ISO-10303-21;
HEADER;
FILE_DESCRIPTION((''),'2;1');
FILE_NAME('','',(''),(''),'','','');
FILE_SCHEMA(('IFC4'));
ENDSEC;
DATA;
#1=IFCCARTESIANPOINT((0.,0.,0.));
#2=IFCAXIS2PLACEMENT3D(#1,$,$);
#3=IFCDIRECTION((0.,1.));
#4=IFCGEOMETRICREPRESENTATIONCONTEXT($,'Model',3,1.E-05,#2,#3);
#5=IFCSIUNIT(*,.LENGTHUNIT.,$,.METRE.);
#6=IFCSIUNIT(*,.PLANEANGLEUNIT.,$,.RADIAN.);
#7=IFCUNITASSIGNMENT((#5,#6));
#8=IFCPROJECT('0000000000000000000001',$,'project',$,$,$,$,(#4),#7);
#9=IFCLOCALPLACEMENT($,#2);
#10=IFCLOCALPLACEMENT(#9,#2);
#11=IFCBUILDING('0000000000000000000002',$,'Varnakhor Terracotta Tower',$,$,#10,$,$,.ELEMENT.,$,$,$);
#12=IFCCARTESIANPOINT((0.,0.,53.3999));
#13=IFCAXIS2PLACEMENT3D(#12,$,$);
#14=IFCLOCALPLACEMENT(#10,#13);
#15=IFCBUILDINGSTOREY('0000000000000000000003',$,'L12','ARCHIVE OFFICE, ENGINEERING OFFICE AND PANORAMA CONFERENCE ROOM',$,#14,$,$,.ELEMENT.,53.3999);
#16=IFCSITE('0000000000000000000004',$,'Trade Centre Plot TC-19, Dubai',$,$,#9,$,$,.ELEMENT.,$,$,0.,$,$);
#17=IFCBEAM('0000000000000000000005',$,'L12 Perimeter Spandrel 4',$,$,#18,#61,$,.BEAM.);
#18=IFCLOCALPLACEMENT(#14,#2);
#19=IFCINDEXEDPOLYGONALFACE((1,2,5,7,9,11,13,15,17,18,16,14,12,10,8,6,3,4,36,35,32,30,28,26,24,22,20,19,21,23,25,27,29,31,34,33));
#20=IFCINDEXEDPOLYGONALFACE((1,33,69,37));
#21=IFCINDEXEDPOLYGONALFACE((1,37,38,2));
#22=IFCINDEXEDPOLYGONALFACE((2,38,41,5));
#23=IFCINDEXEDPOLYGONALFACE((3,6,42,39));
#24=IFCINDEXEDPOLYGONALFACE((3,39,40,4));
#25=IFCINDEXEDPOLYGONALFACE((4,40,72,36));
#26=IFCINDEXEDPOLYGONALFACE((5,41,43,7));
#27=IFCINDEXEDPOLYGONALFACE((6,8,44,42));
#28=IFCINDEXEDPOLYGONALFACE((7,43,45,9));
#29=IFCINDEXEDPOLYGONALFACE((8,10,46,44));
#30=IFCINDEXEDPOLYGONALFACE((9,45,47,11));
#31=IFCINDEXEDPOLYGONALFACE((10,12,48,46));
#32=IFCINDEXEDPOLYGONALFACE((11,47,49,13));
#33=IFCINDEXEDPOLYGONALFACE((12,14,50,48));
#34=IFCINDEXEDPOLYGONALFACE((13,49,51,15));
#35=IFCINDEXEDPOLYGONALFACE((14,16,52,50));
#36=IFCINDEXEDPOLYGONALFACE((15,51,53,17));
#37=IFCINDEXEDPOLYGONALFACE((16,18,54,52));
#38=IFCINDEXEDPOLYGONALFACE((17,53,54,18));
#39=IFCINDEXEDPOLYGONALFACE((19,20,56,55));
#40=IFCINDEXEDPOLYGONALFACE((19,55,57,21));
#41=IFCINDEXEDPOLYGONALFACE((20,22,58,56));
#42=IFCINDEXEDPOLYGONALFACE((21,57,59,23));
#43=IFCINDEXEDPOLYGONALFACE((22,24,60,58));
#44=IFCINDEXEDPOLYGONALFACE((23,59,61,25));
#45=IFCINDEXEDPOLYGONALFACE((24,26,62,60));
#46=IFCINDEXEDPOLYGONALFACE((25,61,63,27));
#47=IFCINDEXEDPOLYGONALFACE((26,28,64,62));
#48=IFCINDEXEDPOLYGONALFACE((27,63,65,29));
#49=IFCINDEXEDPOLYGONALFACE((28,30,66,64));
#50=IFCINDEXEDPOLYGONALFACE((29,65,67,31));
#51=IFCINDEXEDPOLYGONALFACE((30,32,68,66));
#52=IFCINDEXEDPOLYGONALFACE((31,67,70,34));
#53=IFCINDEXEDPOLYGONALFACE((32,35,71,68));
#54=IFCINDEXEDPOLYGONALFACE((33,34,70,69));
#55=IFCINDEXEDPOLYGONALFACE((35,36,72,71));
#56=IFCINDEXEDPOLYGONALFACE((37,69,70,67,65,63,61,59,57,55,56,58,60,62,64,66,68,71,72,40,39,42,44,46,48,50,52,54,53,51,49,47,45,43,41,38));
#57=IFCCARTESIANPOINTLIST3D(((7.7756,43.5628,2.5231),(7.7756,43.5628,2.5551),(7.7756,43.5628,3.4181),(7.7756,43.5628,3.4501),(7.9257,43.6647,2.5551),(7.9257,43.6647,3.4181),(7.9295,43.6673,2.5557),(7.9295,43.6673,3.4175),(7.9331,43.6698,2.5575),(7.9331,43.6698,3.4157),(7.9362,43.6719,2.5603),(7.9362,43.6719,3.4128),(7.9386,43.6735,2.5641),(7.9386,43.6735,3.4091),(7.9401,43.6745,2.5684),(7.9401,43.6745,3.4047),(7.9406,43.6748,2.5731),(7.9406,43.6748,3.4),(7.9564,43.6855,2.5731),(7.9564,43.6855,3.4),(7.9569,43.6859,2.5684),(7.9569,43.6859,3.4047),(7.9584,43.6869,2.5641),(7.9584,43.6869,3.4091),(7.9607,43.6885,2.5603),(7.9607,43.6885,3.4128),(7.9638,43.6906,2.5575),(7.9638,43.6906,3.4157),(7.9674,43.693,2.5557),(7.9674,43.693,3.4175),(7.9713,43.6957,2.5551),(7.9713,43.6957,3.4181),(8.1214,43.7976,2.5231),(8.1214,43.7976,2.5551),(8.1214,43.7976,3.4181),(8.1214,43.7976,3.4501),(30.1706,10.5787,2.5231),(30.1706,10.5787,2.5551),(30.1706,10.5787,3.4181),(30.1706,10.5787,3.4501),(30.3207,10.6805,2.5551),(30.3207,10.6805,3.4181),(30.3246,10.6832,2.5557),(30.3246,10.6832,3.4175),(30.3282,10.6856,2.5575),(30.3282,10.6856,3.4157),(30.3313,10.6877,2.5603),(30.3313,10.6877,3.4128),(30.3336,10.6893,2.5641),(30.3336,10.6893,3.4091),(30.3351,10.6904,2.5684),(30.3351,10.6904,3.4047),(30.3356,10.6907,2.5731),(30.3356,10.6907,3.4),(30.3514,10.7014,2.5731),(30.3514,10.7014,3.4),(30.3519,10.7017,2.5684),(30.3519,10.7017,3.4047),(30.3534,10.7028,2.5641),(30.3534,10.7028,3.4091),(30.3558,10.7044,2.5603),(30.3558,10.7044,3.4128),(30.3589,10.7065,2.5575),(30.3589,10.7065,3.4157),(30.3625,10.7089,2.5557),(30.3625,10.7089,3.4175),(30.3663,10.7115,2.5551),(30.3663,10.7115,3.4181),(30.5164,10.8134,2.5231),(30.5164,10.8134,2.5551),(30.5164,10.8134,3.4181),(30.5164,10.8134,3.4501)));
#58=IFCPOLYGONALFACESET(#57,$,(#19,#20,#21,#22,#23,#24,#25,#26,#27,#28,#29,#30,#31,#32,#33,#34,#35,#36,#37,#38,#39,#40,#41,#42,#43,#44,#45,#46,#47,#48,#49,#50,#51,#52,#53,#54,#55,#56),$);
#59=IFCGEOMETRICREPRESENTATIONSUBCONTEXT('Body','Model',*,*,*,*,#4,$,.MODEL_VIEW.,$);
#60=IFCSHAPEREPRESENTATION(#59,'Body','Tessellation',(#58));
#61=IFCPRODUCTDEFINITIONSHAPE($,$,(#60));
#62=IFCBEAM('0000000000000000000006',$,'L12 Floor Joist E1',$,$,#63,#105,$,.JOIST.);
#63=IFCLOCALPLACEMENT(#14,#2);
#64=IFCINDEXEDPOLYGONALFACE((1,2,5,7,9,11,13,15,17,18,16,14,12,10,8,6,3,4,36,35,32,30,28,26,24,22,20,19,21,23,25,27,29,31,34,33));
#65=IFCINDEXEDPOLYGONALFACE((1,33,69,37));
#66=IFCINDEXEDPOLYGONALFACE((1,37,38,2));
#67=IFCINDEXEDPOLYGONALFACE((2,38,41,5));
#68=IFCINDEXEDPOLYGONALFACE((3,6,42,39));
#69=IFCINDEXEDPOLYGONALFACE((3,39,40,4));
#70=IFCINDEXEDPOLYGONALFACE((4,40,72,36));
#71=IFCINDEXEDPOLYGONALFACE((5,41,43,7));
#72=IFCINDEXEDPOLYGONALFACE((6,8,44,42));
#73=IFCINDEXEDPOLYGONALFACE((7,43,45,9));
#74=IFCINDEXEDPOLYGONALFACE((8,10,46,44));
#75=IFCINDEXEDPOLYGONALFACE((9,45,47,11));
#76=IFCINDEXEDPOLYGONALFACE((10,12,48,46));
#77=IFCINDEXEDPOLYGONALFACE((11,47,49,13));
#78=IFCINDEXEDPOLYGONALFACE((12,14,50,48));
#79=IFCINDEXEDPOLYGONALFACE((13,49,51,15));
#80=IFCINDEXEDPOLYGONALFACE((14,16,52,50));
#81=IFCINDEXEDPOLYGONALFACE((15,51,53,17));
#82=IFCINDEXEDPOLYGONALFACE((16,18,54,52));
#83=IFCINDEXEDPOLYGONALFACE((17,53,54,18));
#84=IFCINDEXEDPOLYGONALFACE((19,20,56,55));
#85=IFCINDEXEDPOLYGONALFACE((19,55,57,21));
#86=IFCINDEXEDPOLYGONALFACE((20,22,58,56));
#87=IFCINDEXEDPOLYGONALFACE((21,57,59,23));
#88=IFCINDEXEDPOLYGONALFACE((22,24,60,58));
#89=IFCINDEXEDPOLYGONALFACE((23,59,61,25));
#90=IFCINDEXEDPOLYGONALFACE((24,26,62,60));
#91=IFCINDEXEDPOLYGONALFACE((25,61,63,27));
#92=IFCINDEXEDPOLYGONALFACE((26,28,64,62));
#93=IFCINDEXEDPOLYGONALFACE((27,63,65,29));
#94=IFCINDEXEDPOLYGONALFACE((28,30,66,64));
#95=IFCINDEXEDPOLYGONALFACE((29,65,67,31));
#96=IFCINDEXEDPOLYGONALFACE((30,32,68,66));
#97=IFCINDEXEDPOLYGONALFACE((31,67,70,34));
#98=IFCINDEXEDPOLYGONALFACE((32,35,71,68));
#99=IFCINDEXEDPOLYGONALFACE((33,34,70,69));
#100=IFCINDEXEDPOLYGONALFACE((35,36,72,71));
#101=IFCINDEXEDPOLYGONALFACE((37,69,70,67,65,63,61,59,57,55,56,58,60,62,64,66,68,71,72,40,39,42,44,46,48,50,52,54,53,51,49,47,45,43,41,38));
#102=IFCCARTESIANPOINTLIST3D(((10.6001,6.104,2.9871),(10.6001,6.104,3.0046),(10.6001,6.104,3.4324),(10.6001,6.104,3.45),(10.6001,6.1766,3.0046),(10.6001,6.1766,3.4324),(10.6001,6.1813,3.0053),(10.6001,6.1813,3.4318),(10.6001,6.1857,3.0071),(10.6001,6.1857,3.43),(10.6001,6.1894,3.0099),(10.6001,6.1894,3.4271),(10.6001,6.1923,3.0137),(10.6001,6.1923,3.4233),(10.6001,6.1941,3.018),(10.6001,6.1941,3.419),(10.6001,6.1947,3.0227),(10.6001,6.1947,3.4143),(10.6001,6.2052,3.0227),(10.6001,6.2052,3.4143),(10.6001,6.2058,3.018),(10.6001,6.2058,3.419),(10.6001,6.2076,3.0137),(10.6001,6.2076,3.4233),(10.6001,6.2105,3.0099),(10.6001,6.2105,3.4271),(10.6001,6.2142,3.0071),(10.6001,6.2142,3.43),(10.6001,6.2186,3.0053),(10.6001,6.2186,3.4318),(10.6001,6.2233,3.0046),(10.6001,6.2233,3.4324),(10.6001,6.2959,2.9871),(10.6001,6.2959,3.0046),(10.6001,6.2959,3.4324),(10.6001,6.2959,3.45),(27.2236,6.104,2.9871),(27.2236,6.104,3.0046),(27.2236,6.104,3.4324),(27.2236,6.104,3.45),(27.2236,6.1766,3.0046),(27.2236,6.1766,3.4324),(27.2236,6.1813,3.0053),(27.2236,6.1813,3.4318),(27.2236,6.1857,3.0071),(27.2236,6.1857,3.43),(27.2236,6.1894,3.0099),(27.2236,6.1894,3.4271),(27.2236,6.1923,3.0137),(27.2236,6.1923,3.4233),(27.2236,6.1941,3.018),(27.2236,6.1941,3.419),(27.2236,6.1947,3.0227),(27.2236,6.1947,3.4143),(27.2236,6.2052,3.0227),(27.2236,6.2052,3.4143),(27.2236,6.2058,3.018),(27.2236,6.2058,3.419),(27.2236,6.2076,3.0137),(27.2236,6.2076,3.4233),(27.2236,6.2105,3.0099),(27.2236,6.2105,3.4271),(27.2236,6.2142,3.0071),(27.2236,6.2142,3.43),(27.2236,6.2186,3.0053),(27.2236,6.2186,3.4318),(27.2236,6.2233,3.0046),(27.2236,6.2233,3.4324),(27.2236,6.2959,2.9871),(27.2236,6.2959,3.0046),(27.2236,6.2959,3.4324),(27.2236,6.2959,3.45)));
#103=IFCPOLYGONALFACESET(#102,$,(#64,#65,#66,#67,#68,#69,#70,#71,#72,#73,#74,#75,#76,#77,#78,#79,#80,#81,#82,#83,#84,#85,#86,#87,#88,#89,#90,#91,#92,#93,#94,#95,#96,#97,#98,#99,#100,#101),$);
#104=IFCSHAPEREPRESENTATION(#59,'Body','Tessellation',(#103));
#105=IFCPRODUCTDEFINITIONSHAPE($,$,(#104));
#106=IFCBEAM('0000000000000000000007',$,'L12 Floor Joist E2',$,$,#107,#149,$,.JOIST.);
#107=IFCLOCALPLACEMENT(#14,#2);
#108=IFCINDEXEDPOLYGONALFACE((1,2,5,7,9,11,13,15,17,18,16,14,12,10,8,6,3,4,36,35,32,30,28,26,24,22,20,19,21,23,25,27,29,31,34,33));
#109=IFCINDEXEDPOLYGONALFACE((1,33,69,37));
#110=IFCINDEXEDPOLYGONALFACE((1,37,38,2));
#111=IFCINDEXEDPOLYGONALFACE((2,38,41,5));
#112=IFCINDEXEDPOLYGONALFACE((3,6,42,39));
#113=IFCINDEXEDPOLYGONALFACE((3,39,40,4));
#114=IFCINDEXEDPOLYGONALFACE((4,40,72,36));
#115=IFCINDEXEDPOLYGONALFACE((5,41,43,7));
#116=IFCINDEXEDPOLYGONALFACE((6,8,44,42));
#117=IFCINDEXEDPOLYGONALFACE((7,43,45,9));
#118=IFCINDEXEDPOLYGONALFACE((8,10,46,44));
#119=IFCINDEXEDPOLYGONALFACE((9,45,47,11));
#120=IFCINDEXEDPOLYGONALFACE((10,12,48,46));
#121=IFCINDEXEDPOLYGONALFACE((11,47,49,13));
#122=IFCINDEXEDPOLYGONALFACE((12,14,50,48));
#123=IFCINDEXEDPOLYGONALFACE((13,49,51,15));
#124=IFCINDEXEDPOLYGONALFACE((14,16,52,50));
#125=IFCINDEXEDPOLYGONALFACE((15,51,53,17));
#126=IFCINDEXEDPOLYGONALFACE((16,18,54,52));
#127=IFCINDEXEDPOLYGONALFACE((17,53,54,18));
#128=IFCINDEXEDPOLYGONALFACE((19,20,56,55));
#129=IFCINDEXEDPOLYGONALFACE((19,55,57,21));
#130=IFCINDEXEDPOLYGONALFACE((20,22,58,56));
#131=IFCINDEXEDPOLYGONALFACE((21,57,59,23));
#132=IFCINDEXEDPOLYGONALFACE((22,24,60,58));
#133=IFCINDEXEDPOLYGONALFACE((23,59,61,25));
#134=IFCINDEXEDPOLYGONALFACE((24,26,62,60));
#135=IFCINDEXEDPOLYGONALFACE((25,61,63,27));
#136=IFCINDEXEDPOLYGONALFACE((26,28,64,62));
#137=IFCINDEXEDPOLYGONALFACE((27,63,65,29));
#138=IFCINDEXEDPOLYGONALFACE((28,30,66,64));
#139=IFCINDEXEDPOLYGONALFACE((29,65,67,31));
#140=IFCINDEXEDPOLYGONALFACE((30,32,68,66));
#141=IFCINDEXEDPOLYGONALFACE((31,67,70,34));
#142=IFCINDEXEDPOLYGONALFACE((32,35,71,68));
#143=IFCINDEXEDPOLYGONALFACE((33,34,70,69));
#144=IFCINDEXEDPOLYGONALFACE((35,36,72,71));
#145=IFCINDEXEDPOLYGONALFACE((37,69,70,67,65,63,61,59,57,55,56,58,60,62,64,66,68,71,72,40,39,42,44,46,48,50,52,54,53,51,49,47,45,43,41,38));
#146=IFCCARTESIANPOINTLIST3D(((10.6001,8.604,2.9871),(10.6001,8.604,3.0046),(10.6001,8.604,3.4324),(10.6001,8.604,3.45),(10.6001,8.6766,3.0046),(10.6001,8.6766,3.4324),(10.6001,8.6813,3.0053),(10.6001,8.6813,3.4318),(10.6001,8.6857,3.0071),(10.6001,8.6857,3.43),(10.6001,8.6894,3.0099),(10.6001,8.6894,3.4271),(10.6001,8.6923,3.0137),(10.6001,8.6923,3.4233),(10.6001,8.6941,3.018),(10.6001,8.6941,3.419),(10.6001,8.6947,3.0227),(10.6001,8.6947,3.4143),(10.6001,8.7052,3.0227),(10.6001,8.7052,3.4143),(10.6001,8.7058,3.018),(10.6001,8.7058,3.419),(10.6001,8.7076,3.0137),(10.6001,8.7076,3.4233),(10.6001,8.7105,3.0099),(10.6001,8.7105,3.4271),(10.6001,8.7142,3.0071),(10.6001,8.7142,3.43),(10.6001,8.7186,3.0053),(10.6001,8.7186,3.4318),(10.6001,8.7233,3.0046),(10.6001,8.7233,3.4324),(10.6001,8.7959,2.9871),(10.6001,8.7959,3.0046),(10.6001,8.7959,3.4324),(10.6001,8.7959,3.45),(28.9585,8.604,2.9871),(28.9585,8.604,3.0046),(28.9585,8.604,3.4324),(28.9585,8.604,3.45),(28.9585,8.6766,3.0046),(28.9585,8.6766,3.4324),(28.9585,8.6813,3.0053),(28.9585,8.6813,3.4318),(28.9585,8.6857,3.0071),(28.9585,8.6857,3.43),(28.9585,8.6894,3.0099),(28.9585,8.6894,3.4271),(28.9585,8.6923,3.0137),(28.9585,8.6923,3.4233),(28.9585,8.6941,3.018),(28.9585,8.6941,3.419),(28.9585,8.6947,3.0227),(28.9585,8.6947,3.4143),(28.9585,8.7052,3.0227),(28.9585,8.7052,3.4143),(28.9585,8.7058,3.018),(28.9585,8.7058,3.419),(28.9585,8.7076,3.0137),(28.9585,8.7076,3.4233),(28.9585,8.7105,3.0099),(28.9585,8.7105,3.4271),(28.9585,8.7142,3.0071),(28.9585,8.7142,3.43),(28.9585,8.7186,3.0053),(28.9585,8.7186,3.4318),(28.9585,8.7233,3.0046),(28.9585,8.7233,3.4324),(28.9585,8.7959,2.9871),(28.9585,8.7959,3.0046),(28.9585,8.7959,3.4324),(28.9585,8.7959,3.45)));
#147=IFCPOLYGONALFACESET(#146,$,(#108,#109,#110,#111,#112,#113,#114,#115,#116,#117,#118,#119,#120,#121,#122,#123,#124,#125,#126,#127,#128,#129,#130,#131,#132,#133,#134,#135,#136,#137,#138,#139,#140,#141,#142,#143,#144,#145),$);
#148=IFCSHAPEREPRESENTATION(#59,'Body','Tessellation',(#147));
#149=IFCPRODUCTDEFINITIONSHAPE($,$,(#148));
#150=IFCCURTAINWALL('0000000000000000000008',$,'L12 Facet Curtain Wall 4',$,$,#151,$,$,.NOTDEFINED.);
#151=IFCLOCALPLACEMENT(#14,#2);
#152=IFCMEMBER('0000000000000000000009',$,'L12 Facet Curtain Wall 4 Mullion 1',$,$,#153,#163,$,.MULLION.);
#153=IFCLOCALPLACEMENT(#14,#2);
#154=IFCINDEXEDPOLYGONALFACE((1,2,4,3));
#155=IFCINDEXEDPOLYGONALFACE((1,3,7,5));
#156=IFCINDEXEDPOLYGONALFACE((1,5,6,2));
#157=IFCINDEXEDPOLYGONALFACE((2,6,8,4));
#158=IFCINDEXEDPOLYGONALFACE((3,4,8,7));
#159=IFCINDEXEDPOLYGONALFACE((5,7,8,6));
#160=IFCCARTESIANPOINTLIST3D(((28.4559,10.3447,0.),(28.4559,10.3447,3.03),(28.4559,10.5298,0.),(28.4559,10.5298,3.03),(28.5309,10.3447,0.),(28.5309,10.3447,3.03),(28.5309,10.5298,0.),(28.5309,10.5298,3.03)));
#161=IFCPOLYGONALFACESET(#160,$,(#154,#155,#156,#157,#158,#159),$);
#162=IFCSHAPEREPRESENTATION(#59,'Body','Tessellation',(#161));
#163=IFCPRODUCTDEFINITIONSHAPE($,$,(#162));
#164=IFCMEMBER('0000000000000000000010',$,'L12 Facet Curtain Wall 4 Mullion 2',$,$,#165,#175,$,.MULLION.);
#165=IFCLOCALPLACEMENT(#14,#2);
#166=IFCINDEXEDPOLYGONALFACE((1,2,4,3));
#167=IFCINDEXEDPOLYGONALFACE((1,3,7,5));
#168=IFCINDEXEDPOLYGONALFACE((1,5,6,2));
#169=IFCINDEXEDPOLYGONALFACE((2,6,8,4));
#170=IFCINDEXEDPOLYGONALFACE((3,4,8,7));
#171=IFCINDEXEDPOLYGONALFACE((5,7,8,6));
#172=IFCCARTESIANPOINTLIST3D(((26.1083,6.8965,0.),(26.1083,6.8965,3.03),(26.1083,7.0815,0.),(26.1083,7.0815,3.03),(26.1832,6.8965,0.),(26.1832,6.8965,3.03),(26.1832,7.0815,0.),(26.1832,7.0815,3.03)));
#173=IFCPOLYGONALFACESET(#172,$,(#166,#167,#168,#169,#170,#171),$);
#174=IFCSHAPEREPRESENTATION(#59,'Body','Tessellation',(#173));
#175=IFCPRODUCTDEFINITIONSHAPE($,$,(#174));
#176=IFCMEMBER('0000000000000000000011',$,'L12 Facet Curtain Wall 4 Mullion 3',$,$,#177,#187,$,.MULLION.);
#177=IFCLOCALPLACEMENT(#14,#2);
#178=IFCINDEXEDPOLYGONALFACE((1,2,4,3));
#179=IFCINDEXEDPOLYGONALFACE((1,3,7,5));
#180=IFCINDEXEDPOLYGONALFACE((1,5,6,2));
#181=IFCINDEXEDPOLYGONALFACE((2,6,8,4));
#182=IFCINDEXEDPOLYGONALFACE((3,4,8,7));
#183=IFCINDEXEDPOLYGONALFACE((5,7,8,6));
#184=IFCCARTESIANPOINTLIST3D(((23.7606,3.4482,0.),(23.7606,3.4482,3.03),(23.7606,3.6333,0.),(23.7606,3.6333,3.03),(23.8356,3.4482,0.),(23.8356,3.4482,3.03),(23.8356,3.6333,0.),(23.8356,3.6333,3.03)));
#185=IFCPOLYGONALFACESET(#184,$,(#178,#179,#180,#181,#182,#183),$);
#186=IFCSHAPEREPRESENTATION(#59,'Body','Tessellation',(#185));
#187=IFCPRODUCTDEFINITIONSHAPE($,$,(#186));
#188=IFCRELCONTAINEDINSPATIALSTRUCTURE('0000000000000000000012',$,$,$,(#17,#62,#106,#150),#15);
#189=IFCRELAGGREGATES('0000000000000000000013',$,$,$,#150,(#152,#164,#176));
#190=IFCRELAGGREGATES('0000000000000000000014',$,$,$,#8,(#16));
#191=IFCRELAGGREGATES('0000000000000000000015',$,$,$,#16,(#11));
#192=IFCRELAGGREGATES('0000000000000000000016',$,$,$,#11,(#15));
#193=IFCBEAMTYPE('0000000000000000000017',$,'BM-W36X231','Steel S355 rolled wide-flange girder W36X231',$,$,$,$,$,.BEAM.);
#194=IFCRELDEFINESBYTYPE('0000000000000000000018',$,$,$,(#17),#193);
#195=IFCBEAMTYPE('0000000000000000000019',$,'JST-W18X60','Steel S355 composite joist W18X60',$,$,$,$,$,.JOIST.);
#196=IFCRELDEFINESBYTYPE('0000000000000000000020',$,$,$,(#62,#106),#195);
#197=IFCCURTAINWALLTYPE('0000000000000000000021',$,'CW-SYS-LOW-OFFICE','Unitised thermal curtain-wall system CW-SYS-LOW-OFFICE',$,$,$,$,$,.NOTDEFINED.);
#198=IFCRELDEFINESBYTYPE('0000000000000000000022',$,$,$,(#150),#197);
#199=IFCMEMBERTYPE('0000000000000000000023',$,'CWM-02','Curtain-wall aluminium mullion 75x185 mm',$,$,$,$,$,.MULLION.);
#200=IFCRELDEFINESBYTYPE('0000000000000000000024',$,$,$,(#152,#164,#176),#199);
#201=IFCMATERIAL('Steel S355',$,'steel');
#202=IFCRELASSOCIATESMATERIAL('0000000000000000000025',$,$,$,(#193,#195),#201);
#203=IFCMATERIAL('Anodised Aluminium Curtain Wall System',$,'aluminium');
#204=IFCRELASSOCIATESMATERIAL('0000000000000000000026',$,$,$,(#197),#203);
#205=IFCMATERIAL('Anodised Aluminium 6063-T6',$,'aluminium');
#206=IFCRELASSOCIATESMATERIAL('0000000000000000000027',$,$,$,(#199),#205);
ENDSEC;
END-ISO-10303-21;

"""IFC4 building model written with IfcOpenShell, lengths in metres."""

from ifc_helpers import new_model, si_unit, direction, frame, origin, origin_2d, place, context, subcontext, project, spatial, rectangle, i_section, extrude, source, transform, mapped, material, material_profile, profile_set, type_object, type_shapes, element, aggregate, save


model = new_model("IFC4")

# Units and contexts
model_context = context("Model", 3, precision=1e-05, world=origin(), true_north=direction((0.0, 1.0)))
body_context = subcontext(model_context, "Body", "Model", "MODEL_VIEW")
ifc_project = project(units=[si_unit("LENGTHUNIT", "METRE"), si_unit("PLANEANGLEUNIT", "RADIAN")], contexts=[model_context])

# Site, building, storey
site_placement = place(None, origin())
site = spatial("IfcSite", under=ifc_project, at=site_placement, Name="Trade Centre Plot TC-19, Dubai", CompositionType="ELEMENT", RefElevation=0.0)
building_placement = place(site_placement, origin())
building = spatial("IfcBuilding", under=site, at=building_placement, Name="Varnakhor Terracotta Tower", CompositionType="ELEMENT")
storey_placement = place(building_placement, frame((0.0, 0.0, 53.3999)))
storey = spatial("IfcBuildingStorey", under=building, at=storey_placement, Name="L12", Description="ARCHIVE OFFICE, ENGINEERING OFFICE AND PANORAMA CONFERENCE ROOM", CompositionType="ELEMENT", Elevation=53.3999)

# Beams
ifc_material_1 = material(Name="Steel S355", Category="steel")
ifc_material_profile_1 = material_profile(ifc_material_1, i_section(OverallWidth=0.418, OverallDepth=0.927, WebThickness=0.019, FlangeThickness=0.032, FilletRadius=0.0181, at=origin_2d()), Name="W36X231")
ifc_profile_set_1 = profile_set([ifc_material_profile_1], Name="Steel S355")
beam_type_1 = type_object("IfcBeamType", Name="BM-W36X231", Description="Steel S355 rolled wide-flange girder W36X231", PredefinedType="BEAM", material=ifc_profile_set_1)
shared_shape_1 = source(origin(), body_context, "Body", "SweptSolid", [
    extrude(i_section(OverallWidth=0.418, OverallDepth=0.927, WebThickness=0.019, FlangeThickness=0.032, FilletRadius=0.0181, at=origin_2d()), origin(), (0.0, 0.0, 1.0), 39.8684),
])
beam_1_placement = place(storey_placement, frame((30.3435, 10.696, 2.9866), z_axis=(-0.561723, 0.827325, 0.0), x_axis=(-0.827325, -0.561723, 0.0)))
element("IfcBeam", 1, at=beam_1_placement, inside=storey, type_object=beam_type_1, Name="L12 Perimeter Spandrel 4", PredefinedType="BEAM", context=body_context, shape_type="MappedRepresentation", body=[
    mapped(shared_shape_1, transform((0.0, 0.0, 0.0), scale=1.0)),
])
ifc_material_profile_2 = material_profile(ifc_material_1, i_section(OverallWidth=0.1919, OverallDepth=0.4629, WebThickness=0.0105, FlangeThickness=0.0176, FilletRadius=0.0181, at=origin_2d()), Name="W18X60")
ifc_profile_set_2 = profile_set([ifc_material_profile_2], Name="Steel S355")
beam_type_2 = type_object("IfcBeamType", Name="JST-W18X60", Description="Steel S355 composite joist W18X60", PredefinedType="JOIST", material=ifc_profile_set_2)
shared_shape_2 = source(origin(), body_context, "Body", "SweptSolid", [
    extrude(i_section(OverallWidth=0.1919, OverallDepth=0.4629, WebThickness=0.0105, FlangeThickness=0.0176, FilletRadius=0.0181, at=origin_2d()), origin(), (0.0, 0.0, 1.0), 16.6235),
])
beam_2_placement = place(storey_placement, frame((10.6001, 6.2, 3.2185), z_axis=(1.0, 0.0, 0.0), x_axis=(0.0, 1.0, 0.0)))
element("IfcBeam", 2, at=beam_2_placement, inside=storey, type_object=beam_type_2, Name="L12 Floor Joist E1", PredefinedType="JOIST", context=body_context, shape_type="MappedRepresentation", body=[
    mapped(shared_shape_2, transform((0.0, 0.0, 0.0), scale=1.0)),
])
shared_shape_3 = source(origin(), body_context, "Body", "SweptSolid", [
    extrude(i_section(OverallWidth=0.1919, OverallDepth=0.4629, WebThickness=0.0105, FlangeThickness=0.0176, FilletRadius=0.0181, at=origin_2d()), origin(), (0.0, 0.0, 1.0), 18.3584),
])
beam_3_placement = place(storey_placement, frame((10.6001, 8.7, 3.2185), z_axis=(1.0, 0.0, 0.0), x_axis=(0.0, 1.0, 0.0)))
element("IfcBeam", 3, at=beam_3_placement, inside=storey, type_object=beam_type_2, Name="L12 Floor Joist E2", PredefinedType="JOIST", context=body_context, shape_type="MappedRepresentation", body=[
    mapped(shared_shape_3, transform((0.0, 0.0, 0.0), scale=1.0)),
])

# Curtain wall, members
ifc_material_2 = material(Name="Anodised Aluminium Curtain Wall System", Category="aluminium")
curtain_wall_type = type_object("IfcCurtainWallType", Name="CW-SYS-LOW-OFFICE", Description="Unitised thermal curtain-wall system CW-SYS-LOW-OFFICE", PredefinedType="NOTDEFINED", material=ifc_material_2)
curtain_wall_1_placement = place(storey_placement, origin())
curtain_wall_1 = element("IfcCurtainWall", 4, at=curtain_wall_1_placement, inside=storey, type_object=curtain_wall_type, Name="L12 Facet Curtain Wall 4", PredefinedType="NOTDEFINED")
ifc_material_3 = material(Name="Anodised Aluminium 6063-T6", Category="aluminium")
ifc_material_profile_3 = material_profile(ifc_material_3, rectangle(XDim=0.075, YDim=0.1851, at=origin_2d()), Name="ALU MULLION 75x185")
ifc_profile_set_3 = profile_set([ifc_material_profile_3], Name="Anodised Aluminium 6063-T6")
member_type_1 = type_object("IfcMemberType", Name="CWM-02", Description="Curtain-wall aluminium mullion 75x185 mm", PredefinedType="MULLION", material=ifc_profile_set_3)
shared_shape_4 = source(origin(), body_context, "Body", "SweptSolid", [
    extrude(rectangle(XDim=0.075, YDim=0.1851, at=origin_2d()), origin(), (0.0, 0.0, 1.0), 3.03),
])
type_shapes(member_type_1, [shared_shape_4])
member_1_placement = place(storey_placement, frame((28.4934, 10.4373, 0.0), z_axis=(0.0, 0.0, 1.0), x_axis=(1.0, 0.0, 0.0)))
member_1 = element("IfcMember", 5, at=member_1_placement, type_object=member_type_1, Name="L12 Facet Curtain Wall 4 Mullion 1", PredefinedType="MULLION", context=body_context, shape_type="MappedRepresentation", body=[
    mapped(shared_shape_4, transform((0.0, 0.0, 0.0), scale=1.0)),
])
member_2_placement = place(storey_placement, frame((26.1458, 6.989, 0.0), z_axis=(0.0, 0.0, 1.0), x_axis=(1.0, 0.0, 0.0)))
member_2 = element("IfcMember", 6, at=member_2_placement, type_object=member_type_1, Name="L12 Facet Curtain Wall 4 Mullion 2", PredefinedType="MULLION", context=body_context, shape_type="MappedRepresentation", body=[
    mapped(shared_shape_4, transform((0.0, 0.0, 0.0), scale=1.0)),
])
member_3_placement = place(storey_placement, frame((23.7981, 3.5408, 0.0), z_axis=(0.0, 0.0, 1.0), x_axis=(1.0, 0.0, 0.0)))
member_3 = element("IfcMember", 7, at=member_3_placement, type_object=member_type_1, Name="L12 Facet Curtain Wall 4 Mullion 3", PredefinedType="MULLION", context=body_context, shape_type="MappedRepresentation", body=[
    mapped(shared_shape_4, transform((0.0, 0.0, 0.0), scale=1.0)),
])

aggregate(curtain_wall_1, [member_1, member_2, member_3])

save(model, "model.ifc")
